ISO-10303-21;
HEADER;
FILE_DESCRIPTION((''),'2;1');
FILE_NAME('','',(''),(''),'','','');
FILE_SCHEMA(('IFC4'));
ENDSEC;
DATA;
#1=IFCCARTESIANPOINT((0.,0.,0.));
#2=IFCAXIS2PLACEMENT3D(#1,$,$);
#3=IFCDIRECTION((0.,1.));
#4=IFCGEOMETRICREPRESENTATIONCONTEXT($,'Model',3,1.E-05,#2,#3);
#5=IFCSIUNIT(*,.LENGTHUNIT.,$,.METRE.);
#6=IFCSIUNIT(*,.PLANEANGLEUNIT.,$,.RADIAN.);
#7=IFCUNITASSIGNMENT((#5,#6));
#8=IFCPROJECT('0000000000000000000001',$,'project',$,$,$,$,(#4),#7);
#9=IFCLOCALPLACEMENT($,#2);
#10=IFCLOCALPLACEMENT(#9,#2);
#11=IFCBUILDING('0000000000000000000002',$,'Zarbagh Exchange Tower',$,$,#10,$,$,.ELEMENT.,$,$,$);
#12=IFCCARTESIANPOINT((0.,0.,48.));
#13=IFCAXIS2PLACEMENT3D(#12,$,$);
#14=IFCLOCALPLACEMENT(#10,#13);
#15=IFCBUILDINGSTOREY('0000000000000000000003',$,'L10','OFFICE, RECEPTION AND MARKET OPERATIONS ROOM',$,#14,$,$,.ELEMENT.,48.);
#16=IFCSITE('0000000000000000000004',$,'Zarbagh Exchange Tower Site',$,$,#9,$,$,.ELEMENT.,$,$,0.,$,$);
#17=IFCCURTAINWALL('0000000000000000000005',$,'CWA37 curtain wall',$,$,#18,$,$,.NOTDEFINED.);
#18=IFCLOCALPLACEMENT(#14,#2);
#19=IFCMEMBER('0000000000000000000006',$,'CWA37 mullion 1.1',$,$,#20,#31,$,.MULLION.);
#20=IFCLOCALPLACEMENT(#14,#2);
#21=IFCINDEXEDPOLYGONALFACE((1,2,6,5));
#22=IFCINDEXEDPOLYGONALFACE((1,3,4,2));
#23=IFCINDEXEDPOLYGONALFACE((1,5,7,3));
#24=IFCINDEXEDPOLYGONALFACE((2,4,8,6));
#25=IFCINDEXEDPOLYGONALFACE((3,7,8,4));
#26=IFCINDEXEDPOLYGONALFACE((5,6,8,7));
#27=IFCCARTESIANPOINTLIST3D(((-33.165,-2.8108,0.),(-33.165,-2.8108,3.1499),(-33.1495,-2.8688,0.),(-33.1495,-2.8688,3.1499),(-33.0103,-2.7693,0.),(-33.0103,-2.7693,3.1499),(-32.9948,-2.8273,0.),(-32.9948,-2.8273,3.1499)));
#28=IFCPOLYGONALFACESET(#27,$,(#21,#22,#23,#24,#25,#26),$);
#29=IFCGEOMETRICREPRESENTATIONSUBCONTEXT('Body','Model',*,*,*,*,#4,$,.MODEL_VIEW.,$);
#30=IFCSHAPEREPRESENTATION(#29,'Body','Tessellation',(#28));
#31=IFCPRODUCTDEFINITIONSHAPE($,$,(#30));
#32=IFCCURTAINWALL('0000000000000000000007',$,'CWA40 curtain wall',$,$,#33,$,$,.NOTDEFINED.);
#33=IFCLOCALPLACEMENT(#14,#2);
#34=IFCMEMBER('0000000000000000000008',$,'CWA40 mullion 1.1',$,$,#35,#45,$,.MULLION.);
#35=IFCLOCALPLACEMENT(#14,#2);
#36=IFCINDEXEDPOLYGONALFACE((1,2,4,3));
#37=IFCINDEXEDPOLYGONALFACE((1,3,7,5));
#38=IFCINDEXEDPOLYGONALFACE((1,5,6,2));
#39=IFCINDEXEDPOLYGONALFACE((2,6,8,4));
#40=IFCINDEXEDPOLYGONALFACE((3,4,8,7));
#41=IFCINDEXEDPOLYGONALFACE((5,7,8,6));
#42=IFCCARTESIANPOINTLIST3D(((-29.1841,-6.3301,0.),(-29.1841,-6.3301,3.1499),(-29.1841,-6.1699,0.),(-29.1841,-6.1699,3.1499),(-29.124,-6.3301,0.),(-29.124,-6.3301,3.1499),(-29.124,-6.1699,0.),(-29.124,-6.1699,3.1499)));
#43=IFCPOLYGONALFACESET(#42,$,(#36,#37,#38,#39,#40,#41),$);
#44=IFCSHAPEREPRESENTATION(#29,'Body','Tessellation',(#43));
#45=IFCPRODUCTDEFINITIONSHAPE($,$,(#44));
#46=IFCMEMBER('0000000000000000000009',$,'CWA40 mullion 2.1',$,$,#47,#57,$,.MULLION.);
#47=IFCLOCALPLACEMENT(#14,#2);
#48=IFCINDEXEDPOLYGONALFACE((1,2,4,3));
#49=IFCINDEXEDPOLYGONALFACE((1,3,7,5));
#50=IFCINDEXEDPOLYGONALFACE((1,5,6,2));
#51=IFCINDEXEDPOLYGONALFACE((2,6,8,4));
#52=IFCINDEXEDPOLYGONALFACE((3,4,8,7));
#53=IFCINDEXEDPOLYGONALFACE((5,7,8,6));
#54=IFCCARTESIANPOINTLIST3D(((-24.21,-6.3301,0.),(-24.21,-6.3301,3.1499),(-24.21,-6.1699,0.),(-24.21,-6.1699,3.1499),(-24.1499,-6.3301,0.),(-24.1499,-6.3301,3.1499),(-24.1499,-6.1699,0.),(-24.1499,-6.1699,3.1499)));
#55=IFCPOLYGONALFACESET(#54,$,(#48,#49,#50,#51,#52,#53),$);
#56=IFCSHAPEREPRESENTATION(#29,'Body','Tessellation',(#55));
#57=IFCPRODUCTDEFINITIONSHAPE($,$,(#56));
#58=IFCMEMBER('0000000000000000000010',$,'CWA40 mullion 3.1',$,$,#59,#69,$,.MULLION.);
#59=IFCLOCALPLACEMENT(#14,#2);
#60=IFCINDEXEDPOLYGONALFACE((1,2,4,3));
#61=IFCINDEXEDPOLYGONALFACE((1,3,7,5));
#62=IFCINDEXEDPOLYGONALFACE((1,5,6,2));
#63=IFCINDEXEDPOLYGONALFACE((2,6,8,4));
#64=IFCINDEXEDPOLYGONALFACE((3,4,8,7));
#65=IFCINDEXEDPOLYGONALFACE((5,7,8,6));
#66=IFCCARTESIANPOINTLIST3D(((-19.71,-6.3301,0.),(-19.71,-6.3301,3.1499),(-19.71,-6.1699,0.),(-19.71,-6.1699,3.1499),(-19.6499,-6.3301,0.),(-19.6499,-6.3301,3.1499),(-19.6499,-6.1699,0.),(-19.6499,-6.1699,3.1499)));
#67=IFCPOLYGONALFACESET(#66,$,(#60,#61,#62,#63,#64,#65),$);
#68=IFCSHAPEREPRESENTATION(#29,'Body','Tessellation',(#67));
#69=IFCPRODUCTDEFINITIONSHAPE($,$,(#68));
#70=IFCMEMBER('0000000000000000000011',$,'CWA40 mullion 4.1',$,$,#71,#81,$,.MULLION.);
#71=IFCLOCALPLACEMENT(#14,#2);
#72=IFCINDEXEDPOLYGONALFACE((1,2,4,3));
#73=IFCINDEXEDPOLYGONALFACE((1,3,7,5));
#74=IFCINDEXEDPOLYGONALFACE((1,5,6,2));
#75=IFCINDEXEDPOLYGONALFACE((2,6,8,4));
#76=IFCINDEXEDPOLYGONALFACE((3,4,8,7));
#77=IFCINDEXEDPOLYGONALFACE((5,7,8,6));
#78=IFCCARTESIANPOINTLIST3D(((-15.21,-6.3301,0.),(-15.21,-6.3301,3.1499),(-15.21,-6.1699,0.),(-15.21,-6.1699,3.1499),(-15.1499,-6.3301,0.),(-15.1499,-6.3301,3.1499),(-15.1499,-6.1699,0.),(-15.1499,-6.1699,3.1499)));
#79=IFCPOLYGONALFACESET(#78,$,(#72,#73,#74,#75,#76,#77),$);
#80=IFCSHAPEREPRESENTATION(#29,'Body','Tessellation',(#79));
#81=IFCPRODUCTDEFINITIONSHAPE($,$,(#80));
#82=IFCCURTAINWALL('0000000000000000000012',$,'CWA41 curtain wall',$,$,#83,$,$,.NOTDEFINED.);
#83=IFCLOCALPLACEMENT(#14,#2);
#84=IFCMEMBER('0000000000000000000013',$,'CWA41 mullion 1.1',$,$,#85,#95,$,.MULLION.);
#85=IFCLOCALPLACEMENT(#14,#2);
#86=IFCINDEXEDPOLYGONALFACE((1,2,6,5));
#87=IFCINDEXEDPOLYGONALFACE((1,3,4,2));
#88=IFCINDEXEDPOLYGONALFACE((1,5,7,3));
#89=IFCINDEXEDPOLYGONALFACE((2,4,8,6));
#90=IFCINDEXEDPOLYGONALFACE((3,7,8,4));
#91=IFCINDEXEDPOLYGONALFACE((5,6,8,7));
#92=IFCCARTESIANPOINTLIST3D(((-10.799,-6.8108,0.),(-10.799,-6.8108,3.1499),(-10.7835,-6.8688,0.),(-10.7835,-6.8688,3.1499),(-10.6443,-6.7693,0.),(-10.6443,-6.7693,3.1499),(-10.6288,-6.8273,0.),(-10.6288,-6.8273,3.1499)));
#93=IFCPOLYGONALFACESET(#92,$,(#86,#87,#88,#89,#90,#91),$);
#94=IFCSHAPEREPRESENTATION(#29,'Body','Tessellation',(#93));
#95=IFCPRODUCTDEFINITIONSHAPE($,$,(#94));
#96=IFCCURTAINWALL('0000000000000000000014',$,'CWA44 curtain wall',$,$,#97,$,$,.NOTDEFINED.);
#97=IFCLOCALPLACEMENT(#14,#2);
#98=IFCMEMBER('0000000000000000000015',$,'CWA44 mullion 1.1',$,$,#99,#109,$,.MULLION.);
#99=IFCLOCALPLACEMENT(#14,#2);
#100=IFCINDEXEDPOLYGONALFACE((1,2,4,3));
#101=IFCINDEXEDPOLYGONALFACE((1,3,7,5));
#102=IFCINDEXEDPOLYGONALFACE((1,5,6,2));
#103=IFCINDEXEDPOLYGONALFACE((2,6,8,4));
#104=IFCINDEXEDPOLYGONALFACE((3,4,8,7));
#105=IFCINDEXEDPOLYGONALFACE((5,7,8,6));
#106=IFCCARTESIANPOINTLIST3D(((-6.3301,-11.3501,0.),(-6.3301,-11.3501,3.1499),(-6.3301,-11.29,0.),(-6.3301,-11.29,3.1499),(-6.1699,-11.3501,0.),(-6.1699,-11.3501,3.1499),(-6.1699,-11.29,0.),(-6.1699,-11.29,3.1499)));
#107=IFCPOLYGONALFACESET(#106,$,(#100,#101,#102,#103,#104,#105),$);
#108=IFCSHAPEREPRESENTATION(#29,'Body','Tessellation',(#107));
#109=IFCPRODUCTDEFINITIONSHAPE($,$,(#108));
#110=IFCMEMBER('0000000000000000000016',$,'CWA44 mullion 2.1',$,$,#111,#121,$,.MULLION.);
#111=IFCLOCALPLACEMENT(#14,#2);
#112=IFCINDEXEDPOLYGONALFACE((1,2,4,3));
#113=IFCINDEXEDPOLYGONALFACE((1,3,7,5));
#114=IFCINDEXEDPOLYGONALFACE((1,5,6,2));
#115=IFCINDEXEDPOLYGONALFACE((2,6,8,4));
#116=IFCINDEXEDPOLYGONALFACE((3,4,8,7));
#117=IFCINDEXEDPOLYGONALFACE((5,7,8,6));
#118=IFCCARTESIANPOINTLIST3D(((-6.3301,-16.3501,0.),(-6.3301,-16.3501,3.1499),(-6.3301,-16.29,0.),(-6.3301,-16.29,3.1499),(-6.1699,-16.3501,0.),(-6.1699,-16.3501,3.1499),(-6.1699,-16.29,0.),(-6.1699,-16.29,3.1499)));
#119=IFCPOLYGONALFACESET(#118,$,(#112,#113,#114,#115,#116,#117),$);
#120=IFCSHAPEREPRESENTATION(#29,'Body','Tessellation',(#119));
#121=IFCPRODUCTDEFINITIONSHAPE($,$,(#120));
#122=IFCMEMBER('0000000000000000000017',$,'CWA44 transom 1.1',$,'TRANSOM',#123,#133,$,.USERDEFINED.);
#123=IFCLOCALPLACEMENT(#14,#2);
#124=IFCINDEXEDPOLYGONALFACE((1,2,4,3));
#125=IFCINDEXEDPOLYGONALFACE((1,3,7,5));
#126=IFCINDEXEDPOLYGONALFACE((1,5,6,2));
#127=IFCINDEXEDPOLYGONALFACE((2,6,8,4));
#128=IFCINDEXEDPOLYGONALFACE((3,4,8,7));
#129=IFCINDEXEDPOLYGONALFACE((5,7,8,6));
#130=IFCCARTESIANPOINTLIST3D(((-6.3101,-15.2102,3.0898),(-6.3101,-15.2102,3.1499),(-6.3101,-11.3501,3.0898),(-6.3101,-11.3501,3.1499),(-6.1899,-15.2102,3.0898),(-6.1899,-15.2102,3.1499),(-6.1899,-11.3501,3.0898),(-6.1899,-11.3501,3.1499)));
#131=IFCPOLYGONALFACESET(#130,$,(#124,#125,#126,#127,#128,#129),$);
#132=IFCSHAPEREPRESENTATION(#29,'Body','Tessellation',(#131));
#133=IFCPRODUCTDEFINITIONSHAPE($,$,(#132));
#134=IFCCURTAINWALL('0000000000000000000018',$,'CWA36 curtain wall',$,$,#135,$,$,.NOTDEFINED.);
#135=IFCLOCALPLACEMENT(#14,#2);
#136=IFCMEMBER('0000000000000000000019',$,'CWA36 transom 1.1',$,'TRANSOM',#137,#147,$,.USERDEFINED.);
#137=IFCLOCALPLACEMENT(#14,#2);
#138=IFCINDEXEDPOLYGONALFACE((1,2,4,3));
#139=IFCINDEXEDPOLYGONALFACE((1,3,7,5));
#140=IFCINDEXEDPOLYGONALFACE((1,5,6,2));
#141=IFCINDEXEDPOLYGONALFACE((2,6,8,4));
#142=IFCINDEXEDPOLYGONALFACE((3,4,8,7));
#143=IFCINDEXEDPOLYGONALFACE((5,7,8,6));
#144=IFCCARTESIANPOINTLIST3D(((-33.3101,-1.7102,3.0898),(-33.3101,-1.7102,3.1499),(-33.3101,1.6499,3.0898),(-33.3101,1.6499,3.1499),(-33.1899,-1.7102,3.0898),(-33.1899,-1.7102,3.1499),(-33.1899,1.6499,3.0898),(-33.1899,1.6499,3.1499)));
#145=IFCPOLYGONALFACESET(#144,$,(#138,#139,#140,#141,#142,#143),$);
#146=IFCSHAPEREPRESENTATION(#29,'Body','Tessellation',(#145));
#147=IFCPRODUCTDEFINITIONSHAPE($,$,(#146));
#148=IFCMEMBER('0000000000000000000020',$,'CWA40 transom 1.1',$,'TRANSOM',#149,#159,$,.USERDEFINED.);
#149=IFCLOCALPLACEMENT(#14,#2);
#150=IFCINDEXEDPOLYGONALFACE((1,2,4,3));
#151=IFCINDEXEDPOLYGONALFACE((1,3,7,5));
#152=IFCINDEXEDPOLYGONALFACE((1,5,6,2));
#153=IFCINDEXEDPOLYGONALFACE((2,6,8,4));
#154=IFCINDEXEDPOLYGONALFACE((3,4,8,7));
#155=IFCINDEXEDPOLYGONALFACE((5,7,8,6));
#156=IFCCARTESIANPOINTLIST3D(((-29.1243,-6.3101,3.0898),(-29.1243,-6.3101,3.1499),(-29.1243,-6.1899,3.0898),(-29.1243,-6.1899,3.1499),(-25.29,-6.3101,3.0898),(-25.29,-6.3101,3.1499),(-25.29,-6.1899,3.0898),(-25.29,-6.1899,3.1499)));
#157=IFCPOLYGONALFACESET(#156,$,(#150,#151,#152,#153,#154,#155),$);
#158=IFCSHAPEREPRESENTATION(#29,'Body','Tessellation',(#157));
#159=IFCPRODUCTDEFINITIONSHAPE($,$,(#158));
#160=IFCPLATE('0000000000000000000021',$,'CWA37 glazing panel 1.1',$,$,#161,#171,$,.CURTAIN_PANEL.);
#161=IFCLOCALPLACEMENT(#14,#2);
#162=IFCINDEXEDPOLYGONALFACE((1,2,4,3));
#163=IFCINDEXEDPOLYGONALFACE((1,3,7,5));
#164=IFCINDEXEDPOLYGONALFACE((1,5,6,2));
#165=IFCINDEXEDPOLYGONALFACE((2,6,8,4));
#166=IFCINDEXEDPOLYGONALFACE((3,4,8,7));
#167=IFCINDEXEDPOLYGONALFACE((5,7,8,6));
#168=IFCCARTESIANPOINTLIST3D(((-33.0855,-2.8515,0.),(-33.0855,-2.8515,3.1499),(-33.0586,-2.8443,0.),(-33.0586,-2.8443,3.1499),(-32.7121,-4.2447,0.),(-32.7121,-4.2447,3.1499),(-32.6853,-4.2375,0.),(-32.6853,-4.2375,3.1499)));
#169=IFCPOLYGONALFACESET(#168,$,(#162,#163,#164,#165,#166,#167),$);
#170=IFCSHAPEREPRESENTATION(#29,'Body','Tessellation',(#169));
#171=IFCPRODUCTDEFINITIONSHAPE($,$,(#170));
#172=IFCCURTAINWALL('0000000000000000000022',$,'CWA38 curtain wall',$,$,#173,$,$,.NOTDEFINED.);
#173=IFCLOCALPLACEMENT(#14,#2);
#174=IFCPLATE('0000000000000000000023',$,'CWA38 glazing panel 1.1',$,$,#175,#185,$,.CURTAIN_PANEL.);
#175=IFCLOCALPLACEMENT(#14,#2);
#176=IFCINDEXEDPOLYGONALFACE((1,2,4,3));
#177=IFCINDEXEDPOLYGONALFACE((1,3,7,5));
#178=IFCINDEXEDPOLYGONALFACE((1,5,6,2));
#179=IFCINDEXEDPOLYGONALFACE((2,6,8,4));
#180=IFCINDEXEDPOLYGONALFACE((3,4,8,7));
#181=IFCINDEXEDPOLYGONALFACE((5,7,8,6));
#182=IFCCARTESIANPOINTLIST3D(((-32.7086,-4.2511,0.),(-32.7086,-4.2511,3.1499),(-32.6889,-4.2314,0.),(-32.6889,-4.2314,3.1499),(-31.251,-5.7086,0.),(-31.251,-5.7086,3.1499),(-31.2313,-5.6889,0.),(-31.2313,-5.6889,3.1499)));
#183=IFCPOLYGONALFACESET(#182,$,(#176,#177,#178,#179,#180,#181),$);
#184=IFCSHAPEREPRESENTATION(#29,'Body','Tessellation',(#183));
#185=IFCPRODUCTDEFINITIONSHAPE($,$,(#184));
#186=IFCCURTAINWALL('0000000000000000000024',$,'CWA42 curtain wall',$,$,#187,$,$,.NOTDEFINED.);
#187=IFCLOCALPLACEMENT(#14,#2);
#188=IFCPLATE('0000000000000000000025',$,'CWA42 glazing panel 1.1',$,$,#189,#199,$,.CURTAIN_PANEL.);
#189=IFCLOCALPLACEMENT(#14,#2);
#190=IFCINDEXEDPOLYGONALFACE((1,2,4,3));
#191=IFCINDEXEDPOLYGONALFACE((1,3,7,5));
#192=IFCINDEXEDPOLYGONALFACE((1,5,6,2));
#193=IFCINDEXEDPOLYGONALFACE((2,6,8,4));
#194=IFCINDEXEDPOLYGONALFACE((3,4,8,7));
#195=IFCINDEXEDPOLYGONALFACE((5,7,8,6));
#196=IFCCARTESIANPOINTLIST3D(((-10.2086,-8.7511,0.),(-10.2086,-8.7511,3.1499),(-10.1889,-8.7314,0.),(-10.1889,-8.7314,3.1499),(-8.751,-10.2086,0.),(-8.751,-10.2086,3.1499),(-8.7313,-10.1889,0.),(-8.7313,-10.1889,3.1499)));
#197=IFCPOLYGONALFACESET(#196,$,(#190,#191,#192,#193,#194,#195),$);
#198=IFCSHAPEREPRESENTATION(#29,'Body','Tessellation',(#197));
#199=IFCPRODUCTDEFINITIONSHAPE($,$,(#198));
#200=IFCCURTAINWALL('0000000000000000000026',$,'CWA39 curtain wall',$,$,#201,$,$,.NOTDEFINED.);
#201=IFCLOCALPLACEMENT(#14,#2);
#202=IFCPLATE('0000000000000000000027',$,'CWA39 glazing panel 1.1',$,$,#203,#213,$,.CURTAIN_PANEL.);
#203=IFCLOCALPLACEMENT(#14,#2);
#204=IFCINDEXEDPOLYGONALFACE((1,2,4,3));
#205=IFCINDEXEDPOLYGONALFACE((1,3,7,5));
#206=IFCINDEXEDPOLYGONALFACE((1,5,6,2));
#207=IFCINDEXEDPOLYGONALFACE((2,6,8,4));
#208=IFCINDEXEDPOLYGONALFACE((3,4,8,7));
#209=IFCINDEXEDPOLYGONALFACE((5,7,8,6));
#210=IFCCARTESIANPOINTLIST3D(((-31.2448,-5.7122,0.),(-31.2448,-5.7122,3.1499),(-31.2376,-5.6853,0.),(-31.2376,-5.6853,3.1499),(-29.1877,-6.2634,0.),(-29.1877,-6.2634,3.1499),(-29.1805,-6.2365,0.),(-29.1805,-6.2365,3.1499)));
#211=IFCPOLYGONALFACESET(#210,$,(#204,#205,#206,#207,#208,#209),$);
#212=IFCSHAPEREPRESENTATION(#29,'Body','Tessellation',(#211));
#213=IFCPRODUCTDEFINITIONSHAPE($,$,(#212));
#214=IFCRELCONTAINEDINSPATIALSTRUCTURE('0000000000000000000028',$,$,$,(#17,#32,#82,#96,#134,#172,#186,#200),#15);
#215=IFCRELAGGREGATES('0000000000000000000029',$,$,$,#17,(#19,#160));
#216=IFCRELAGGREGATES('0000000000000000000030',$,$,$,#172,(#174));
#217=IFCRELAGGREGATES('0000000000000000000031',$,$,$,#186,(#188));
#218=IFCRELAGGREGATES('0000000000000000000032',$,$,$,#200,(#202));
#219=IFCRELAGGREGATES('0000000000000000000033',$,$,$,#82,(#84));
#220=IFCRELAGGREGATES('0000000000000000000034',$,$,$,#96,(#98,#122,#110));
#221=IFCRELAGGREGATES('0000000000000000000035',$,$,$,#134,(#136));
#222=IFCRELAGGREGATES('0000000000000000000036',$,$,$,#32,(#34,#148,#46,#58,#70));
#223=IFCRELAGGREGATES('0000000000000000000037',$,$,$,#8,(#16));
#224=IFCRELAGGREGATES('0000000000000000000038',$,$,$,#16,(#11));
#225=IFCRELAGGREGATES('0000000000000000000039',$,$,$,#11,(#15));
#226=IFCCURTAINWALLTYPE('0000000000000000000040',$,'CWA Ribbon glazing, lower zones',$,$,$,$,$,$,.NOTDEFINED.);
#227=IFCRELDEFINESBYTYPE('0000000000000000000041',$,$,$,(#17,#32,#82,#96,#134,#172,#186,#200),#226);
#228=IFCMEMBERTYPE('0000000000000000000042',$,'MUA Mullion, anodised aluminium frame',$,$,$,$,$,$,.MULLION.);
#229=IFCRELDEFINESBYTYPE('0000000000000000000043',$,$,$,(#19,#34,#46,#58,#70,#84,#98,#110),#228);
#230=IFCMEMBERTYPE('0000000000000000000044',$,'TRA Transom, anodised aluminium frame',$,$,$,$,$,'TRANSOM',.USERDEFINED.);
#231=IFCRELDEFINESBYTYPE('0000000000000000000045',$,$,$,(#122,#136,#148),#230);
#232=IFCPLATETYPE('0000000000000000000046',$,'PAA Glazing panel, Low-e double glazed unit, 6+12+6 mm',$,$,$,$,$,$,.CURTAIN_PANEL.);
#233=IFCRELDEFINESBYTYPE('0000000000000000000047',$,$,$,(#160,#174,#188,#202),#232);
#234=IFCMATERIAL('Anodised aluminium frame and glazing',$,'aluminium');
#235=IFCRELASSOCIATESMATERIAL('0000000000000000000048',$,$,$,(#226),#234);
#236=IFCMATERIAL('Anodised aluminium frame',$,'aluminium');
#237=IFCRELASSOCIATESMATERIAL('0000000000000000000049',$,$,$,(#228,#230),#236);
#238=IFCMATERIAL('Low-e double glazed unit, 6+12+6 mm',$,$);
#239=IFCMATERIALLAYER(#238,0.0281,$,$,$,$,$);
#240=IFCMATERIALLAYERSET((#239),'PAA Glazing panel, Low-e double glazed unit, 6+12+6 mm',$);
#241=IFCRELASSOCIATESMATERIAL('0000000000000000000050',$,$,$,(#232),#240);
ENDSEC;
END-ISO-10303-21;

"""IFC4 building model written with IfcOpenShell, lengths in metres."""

from ifc_helpers import new_model, si_unit, direction, frame, origin, place, context, subcontext, project, spatial, polyline, outline, extrude, source, transform, mapped, material, layer, layer_set, type_object, element, aggregate, save


model = new_model("IFC4")

# Units and contexts
model_context = context("Model", 3, precision=1e-05, world=origin(), true_north=direction((0.0, 1.0)))
body_context = subcontext(model_context, "Body", "Model", "MODEL_VIEW")
ifc_project = project(units=[si_unit("LENGTHUNIT", "METRE"), si_unit("PLANEANGLEUNIT", "RADIAN")], contexts=[model_context])

# Site, building, storey
site_placement = place(None, origin())
site = spatial("IfcSite", under=ifc_project, at=site_placement, Name="Zarbagh Exchange Tower Site", CompositionType="ELEMENT", RefElevation=0.0)
building_placement = place(site_placement, origin())
building = spatial("IfcBuilding", under=site, at=building_placement, Name="Zarbagh Exchange Tower", CompositionType="ELEMENT")
storey_placement = place(building_placement, frame((0.0, 0.0, 48.0)))
storey = spatial("IfcBuildingStorey", under=building, at=storey_placement, Name="L10", Description="OFFICE, RECEPTION AND MARKET OPERATIONS ROOM", CompositionType="ELEMENT", Elevation=48.0)

# Curtain wall, member
ifc_material_1 = material(Name="Anodised aluminium frame and glazing", Category="aluminium")
curtain_wall_type = type_object("IfcCurtainWallType", Name="CWA Ribbon glazing, lower zones", PredefinedType="NOTDEFINED", material=ifc_material_1)
curtain_wall_1_placement = place(storey_placement, origin())
curtain_wall_1 = element("IfcCurtainWall", 1, at=curtain_wall_1_placement, inside=storey, type_object=curtain_wall_type, Name="CWA37 curtain wall", PredefinedType="NOTDEFINED")
ifc_material_2 = material(Name="Anodised aluminium frame", Category="aluminium")
member_type_1 = type_object("IfcMemberType", Name="MUA Mullion, anodised aluminium frame", PredefinedType="MULLION", material=ifc_material_2)
shared_shape_1 = source(origin(), body_context, "Body", "SweptSolid", [
    extrude(outline(polyline([(0.0, -0.0801), (0.0601, -0.0801), (0.0601, 0.0801), (0.0, 0.0801), (0.0, -0.0801)])), origin(), (0.0, 0.0, 1.0), 3.1499),
])
placement = place(storey_placement, origin())
member_1 = element("IfcMember", 2, at=placement, type_object=member_type_1, Name="CWA37 mullion 1.1", PredefinedType="MULLION", context=body_context, shape_type="MappedRepresentation", body=[
    mapped(shared_shape_1, transform((-33.0876, -2.79, 0.0), x_axis=(0.258825, -0.965924, 0.0), y_axis=(0.965924, 0.258825, 0.0), z_axis=(0.0, 0.0, 1.0))),
])

# Curtain wall, members
curtain_wall_2_placement = place(storey_placement, origin())
curtain_wall_2 = element("IfcCurtainWall", 3, at=curtain_wall_2_placement, inside=storey, type_object=curtain_wall_type, Name="CWA40 curtain wall", PredefinedType="NOTDEFINED")
member_2 = element("IfcMember", 4, at=placement, type_object=member_type_1, Name="CWA40 mullion 1.1", PredefinedType="MULLION", context=body_context, shape_type="MappedRepresentation", body=[
    mapped(shared_shape_1, transform((-29.1841, -6.25, 0.0), x_axis=(1.0, 0.0, 0.0), y_axis=(0.0, 1.0, 0.0), z_axis=(0.0, 0.0, 1.0))),
])
member_3 = element("IfcMember", 5, at=placement, type_object=member_type_1, Name="CWA40 mullion 2.1", PredefinedType="MULLION", context=body_context, shape_type="MappedRepresentation", body=[
    mapped(shared_shape_1, transform((-24.21, -6.25, 0.0), x_axis=(1.0, 0.0, 0.0), y_axis=(0.0, 1.0, 0.0), z_axis=(0.0, 0.0, 1.0))),
])
member_4 = element("IfcMember", 6, at=placement, type_object=member_type_1, Name="CWA40 mullion 3.1", PredefinedType="MULLION", context=body_context, shape_type="MappedRepresentation", body=[
    mapped(shared_shape_1, transform((-19.71, -6.25, 0.0), x_axis=(1.0, 0.0, 0.0), y_axis=(0.0, 1.0, 0.0), z_axis=(0.0, 0.0, 1.0))),
])
member_5 = element("IfcMember", 7, at=placement, type_object=member_type_1, Name="CWA40 mullion 4.1", PredefinedType="MULLION", context=body_context, shape_type="MappedRepresentation", body=[
    mapped(shared_shape_1, transform((-15.21, -6.25, 0.0), x_axis=(1.0, 0.0, 0.0), y_axis=(0.0, 1.0, 0.0), z_axis=(0.0, 0.0, 1.0))),
])

# Curtain wall, member
curtain_wall_3_placement = place(storey_placement, origin())
curtain_wall_3 = element("IfcCurtainWall", 8, at=curtain_wall_3_placement, inside=storey, type_object=curtain_wall_type, Name="CWA41 curtain wall", PredefinedType="NOTDEFINED")
member_6 = element("IfcMember", 9, at=placement, type_object=member_type_1, Name="CWA41 mullion 1.1", PredefinedType="MULLION", context=body_context, shape_type="MappedRepresentation", body=[
    mapped(shared_shape_1, transform((-10.7217, -6.79, 0.0), x_axis=(0.258825, -0.965924, 0.0), y_axis=(0.965924, 0.258825, 0.0), z_axis=(0.0, 0.0, 1.0))),
])

# Curtain wall, members
curtain_wall_4_placement = place(storey_placement, origin())
curtain_wall_4 = element("IfcCurtainWall", 10, at=curtain_wall_4_placement, inside=storey, type_object=curtain_wall_type, Name="CWA44 curtain wall", PredefinedType="NOTDEFINED")
member_7 = element("IfcMember", 11, at=placement, type_object=member_type_1, Name="CWA44 mullion 1.1", PredefinedType="MULLION", context=body_context, shape_type="MappedRepresentation", body=[
    mapped(shared_shape_1, transform((-6.25, -11.29, 0.0), x_axis=(0.0, -1.0, 0.0), y_axis=(1.0, 0.0, 0.0), z_axis=(0.0, 0.0, 1.0))),
])
member_8 = element("IfcMember", 12, at=placement, type_object=member_type_1, Name="CWA44 mullion 2.1", PredefinedType="MULLION", context=body_context, shape_type="MappedRepresentation", body=[
    mapped(shared_shape_1, transform((-6.25, -16.29, 0.0), x_axis=(0.0, -1.0, 0.0), y_axis=(1.0, 0.0, 0.0), z_axis=(0.0, 0.0, 1.0))),
])
member_type_2 = type_object("IfcMemberType", Name="TRA Transom, anodised aluminium frame", ElementType="TRANSOM", PredefinedType="USERDEFINED", material=ifc_material_2)
shared_shape_2 = source(origin(), body_context, "Body", "SweptSolid", [
    extrude(outline(polyline([(-0.0601, -0.0601), (0.0, -0.0601), (0.0, 0.0601), (-0.0601, 0.0601), (-0.0601, -0.0601)])), origin(), (0.0, 0.0, 1.0), 3.8601),
])
member_9 = element("IfcMember", 13, at=placement, type_object=member_type_2, Name="CWA44 transom 1.1", ObjectType="TRANSOM", PredefinedType="USERDEFINED", context=body_context, shape_type="MappedRepresentation", body=[
    mapped(shared_shape_2, transform((-6.25, -11.3501, 3.1499), x_axis=(0.0, 0.0, 1.0), y_axis=(-1.0, 0.0, 0.0), z_axis=(0.0, -1.0, 0.0))),
])

# Curtain wall, member
curtain_wall_5_placement = place(storey_placement, origin())
curtain_wall_5 = element("IfcCurtainWall", 14, at=curtain_wall_5_placement, inside=storey, type_object=curtain_wall_type, Name="CWA36 curtain wall", PredefinedType="NOTDEFINED")
shared_shape_3 = source(origin(), body_context, "Body", "SweptSolid", [
    extrude(outline(polyline([(-0.0601, -0.0601), (0.0, -0.0601), (0.0, 0.0601), (-0.0601, 0.0601), (-0.0601, -0.0601)])), origin(), (0.0, 0.0, 1.0), 3.3601),
])
member_10 = element("IfcMember", 15, at=placement, type_object=member_type_2, Name="CWA36 transom 1.1", ObjectType="TRANSOM", PredefinedType="USERDEFINED", context=body_context, shape_type="MappedRepresentation", body=[
    mapped(shared_shape_3, transform((-33.25, 1.6499, 3.1499), x_axis=(0.0, 0.0, 1.0), y_axis=(-1.0, 0.0, 0.0), z_axis=(0.0, -1.0, 0.0))),
])

# Member
shared_shape_4 = source(origin(), body_context, "Body", "SweptSolid", [
    extrude(outline(polyline([(-0.0601, -0.0601), (0.0, -0.0601), (0.0, 0.0601), (-0.0601, 0.0601), (-0.0601, -0.0601)])), origin(), (0.0, 0.0, 1.0), 3.8342),
])
member_11 = element("IfcMember", 16, at=placement, type_object=member_type_2, Name="CWA40 transom 1.1", ObjectType="TRANSOM", PredefinedType="USERDEFINED", context=body_context, shape_type="MappedRepresentation", body=[
    mapped(shared_shape_4, transform((-29.1243, -6.25, 3.1499), x_axis=(0.0, 0.0, 1.0), y_axis=(0.0, -1.0, 0.0), z_axis=(1.0, 0.0, 0.0))),
])

# Plate
ifc_material_3 = material(Name="Low-e double glazed unit, 6+12+6 mm")
ifc_layer = layer(ifc_material_3, 0.0281)
ifc_layer_set = layer_set([ifc_layer], Name="PAA Glazing panel, Low-e double glazed unit, 6+12+6 mm")
plate_type = type_object("IfcPlateType", Name="PAA Glazing panel, Low-e double glazed unit, 6+12+6 mm", PredefinedType="CURTAIN_PANEL", material=ifc_layer_set)
shared_shape_5 = source(origin(), body_context, "Body", "SweptSolid", [
    extrude(outline(polyline([(0.0, -0.0139), (1.4424, -0.0139), (1.4424, 0.0139), (0.0, 0.0139), (0.0, -0.0139)])), origin(), (0.0, 0.0, 1.0), 3.1499),
])
plate_1 = element("IfcPlate", 17, at=placement, type_object=plate_type, Name="CWA37 glazing panel 1.1", PredefinedType="CURTAIN_PANEL", context=body_context, shape_type="MappedRepresentation", body=[
    mapped(shared_shape_5, transform((-33.072, -2.8479, 0.0), x_axis=(0.258825, -0.965924, 0.0), y_axis=(0.965924, 0.258825, 0.0), z_axis=(0.0, 0.0, 1.0))),
])
aggregate(curtain_wall_1, [member_1, plate_1])

# Curtain walls, plates
curtain_wall_6_placement = place(storey_placement, origin())
curtain_wall_6 = element("IfcCurtainWall", 18, at=curtain_wall_6_placement, inside=storey, type_object=curtain_wall_type, Name="CWA38 curtain wall", PredefinedType="NOTDEFINED")
shared_shape_6 = source(origin(), body_context, "Body", "SweptSolid", [
    extrude(outline(polyline([(0.0, -0.0139), (2.0613, -0.0139), (2.0613, 0.0139), (0.0, 0.0139), (0.0, -0.0139)])), origin(), (0.0, 0.0, 1.0), 3.1499),
])
plate_2 = element("IfcPlate", 19, at=placement, type_object=plate_type, Name="CWA38 glazing panel 1.1", PredefinedType="CURTAIN_PANEL", context=body_context, shape_type="MappedRepresentation", body=[
    mapped(shared_shape_6, transform((-32.6987, -4.2412, 0.0), x_axis=(0.707107, -0.707107, 0.0), y_axis=(0.707107, 0.707107, 0.0), z_axis=(0.0, 0.0, 1.0))),
])
aggregate(curtain_wall_6, [plate_2])
curtain_wall_7_placement = place(storey_placement, origin())
curtain_wall_7 = element("IfcCurtainWall", 20, at=curtain_wall_7_placement, inside=storey, type_object=curtain_wall_type, Name="CWA42 curtain wall", PredefinedType="NOTDEFINED")
plate_3 = element("IfcPlate", 21, at=placement, type_object=plate_type, Name="CWA42 glazing panel 1.1", PredefinedType="CURTAIN_PANEL", context=body_context, shape_type="MappedRepresentation", body=[
    mapped(shared_shape_6, transform((-10.1987, -8.7412, 0.0), x_axis=(0.707107, -0.707107, 0.0), y_axis=(0.707107, 0.707107, 0.0), z_axis=(0.0, 0.0, 1.0))),
])
aggregate(curtain_wall_7, [plate_3])
curtain_wall_8_placement = place(storey_placement, origin())
curtain_wall_8 = element("IfcCurtainWall", 22, at=curtain_wall_8_placement, inside=storey, type_object=curtain_wall_type, Name="CWA39 curtain wall", PredefinedType="NOTDEFINED")
shared_shape_7 = source(origin(), body_context, "Body", "SweptSolid", [
    extrude(outline(polyline([(0.0, -0.0139), (2.1296, -0.0139), (2.1296, 0.0139), (0.0, 0.0139), (0.0, -0.0139)])), origin(), (0.0, 0.0, 1.0), 3.1499),
])
plate_4 = element("IfcPlate", 23, at=placement, type_object=plate_type, Name="CWA39 glazing panel 1.1", PredefinedType="CURTAIN_PANEL", context=body_context, shape_type="MappedRepresentation", body=[
    mapped(shared_shape_7, transform((-31.2412, -5.6987, 0.0), x_axis=(0.965924, -0.258825, 0.0), y_axis=(0.258825, 0.965924, 0.0), z_axis=(0.0, 0.0, 1.0))),
])
aggregate(curtain_wall_8, [plate_4])

aggregate(curtain_wall_3, [member_6])

aggregate(curtain_wall_4, [member_7, member_9, member_8])
aggregate(curtain_wall_5, [member_10])
aggregate(curtain_wall_2, [member_2, member_11, member_3, member_4, member_5])

save(model, "model.ifc")
